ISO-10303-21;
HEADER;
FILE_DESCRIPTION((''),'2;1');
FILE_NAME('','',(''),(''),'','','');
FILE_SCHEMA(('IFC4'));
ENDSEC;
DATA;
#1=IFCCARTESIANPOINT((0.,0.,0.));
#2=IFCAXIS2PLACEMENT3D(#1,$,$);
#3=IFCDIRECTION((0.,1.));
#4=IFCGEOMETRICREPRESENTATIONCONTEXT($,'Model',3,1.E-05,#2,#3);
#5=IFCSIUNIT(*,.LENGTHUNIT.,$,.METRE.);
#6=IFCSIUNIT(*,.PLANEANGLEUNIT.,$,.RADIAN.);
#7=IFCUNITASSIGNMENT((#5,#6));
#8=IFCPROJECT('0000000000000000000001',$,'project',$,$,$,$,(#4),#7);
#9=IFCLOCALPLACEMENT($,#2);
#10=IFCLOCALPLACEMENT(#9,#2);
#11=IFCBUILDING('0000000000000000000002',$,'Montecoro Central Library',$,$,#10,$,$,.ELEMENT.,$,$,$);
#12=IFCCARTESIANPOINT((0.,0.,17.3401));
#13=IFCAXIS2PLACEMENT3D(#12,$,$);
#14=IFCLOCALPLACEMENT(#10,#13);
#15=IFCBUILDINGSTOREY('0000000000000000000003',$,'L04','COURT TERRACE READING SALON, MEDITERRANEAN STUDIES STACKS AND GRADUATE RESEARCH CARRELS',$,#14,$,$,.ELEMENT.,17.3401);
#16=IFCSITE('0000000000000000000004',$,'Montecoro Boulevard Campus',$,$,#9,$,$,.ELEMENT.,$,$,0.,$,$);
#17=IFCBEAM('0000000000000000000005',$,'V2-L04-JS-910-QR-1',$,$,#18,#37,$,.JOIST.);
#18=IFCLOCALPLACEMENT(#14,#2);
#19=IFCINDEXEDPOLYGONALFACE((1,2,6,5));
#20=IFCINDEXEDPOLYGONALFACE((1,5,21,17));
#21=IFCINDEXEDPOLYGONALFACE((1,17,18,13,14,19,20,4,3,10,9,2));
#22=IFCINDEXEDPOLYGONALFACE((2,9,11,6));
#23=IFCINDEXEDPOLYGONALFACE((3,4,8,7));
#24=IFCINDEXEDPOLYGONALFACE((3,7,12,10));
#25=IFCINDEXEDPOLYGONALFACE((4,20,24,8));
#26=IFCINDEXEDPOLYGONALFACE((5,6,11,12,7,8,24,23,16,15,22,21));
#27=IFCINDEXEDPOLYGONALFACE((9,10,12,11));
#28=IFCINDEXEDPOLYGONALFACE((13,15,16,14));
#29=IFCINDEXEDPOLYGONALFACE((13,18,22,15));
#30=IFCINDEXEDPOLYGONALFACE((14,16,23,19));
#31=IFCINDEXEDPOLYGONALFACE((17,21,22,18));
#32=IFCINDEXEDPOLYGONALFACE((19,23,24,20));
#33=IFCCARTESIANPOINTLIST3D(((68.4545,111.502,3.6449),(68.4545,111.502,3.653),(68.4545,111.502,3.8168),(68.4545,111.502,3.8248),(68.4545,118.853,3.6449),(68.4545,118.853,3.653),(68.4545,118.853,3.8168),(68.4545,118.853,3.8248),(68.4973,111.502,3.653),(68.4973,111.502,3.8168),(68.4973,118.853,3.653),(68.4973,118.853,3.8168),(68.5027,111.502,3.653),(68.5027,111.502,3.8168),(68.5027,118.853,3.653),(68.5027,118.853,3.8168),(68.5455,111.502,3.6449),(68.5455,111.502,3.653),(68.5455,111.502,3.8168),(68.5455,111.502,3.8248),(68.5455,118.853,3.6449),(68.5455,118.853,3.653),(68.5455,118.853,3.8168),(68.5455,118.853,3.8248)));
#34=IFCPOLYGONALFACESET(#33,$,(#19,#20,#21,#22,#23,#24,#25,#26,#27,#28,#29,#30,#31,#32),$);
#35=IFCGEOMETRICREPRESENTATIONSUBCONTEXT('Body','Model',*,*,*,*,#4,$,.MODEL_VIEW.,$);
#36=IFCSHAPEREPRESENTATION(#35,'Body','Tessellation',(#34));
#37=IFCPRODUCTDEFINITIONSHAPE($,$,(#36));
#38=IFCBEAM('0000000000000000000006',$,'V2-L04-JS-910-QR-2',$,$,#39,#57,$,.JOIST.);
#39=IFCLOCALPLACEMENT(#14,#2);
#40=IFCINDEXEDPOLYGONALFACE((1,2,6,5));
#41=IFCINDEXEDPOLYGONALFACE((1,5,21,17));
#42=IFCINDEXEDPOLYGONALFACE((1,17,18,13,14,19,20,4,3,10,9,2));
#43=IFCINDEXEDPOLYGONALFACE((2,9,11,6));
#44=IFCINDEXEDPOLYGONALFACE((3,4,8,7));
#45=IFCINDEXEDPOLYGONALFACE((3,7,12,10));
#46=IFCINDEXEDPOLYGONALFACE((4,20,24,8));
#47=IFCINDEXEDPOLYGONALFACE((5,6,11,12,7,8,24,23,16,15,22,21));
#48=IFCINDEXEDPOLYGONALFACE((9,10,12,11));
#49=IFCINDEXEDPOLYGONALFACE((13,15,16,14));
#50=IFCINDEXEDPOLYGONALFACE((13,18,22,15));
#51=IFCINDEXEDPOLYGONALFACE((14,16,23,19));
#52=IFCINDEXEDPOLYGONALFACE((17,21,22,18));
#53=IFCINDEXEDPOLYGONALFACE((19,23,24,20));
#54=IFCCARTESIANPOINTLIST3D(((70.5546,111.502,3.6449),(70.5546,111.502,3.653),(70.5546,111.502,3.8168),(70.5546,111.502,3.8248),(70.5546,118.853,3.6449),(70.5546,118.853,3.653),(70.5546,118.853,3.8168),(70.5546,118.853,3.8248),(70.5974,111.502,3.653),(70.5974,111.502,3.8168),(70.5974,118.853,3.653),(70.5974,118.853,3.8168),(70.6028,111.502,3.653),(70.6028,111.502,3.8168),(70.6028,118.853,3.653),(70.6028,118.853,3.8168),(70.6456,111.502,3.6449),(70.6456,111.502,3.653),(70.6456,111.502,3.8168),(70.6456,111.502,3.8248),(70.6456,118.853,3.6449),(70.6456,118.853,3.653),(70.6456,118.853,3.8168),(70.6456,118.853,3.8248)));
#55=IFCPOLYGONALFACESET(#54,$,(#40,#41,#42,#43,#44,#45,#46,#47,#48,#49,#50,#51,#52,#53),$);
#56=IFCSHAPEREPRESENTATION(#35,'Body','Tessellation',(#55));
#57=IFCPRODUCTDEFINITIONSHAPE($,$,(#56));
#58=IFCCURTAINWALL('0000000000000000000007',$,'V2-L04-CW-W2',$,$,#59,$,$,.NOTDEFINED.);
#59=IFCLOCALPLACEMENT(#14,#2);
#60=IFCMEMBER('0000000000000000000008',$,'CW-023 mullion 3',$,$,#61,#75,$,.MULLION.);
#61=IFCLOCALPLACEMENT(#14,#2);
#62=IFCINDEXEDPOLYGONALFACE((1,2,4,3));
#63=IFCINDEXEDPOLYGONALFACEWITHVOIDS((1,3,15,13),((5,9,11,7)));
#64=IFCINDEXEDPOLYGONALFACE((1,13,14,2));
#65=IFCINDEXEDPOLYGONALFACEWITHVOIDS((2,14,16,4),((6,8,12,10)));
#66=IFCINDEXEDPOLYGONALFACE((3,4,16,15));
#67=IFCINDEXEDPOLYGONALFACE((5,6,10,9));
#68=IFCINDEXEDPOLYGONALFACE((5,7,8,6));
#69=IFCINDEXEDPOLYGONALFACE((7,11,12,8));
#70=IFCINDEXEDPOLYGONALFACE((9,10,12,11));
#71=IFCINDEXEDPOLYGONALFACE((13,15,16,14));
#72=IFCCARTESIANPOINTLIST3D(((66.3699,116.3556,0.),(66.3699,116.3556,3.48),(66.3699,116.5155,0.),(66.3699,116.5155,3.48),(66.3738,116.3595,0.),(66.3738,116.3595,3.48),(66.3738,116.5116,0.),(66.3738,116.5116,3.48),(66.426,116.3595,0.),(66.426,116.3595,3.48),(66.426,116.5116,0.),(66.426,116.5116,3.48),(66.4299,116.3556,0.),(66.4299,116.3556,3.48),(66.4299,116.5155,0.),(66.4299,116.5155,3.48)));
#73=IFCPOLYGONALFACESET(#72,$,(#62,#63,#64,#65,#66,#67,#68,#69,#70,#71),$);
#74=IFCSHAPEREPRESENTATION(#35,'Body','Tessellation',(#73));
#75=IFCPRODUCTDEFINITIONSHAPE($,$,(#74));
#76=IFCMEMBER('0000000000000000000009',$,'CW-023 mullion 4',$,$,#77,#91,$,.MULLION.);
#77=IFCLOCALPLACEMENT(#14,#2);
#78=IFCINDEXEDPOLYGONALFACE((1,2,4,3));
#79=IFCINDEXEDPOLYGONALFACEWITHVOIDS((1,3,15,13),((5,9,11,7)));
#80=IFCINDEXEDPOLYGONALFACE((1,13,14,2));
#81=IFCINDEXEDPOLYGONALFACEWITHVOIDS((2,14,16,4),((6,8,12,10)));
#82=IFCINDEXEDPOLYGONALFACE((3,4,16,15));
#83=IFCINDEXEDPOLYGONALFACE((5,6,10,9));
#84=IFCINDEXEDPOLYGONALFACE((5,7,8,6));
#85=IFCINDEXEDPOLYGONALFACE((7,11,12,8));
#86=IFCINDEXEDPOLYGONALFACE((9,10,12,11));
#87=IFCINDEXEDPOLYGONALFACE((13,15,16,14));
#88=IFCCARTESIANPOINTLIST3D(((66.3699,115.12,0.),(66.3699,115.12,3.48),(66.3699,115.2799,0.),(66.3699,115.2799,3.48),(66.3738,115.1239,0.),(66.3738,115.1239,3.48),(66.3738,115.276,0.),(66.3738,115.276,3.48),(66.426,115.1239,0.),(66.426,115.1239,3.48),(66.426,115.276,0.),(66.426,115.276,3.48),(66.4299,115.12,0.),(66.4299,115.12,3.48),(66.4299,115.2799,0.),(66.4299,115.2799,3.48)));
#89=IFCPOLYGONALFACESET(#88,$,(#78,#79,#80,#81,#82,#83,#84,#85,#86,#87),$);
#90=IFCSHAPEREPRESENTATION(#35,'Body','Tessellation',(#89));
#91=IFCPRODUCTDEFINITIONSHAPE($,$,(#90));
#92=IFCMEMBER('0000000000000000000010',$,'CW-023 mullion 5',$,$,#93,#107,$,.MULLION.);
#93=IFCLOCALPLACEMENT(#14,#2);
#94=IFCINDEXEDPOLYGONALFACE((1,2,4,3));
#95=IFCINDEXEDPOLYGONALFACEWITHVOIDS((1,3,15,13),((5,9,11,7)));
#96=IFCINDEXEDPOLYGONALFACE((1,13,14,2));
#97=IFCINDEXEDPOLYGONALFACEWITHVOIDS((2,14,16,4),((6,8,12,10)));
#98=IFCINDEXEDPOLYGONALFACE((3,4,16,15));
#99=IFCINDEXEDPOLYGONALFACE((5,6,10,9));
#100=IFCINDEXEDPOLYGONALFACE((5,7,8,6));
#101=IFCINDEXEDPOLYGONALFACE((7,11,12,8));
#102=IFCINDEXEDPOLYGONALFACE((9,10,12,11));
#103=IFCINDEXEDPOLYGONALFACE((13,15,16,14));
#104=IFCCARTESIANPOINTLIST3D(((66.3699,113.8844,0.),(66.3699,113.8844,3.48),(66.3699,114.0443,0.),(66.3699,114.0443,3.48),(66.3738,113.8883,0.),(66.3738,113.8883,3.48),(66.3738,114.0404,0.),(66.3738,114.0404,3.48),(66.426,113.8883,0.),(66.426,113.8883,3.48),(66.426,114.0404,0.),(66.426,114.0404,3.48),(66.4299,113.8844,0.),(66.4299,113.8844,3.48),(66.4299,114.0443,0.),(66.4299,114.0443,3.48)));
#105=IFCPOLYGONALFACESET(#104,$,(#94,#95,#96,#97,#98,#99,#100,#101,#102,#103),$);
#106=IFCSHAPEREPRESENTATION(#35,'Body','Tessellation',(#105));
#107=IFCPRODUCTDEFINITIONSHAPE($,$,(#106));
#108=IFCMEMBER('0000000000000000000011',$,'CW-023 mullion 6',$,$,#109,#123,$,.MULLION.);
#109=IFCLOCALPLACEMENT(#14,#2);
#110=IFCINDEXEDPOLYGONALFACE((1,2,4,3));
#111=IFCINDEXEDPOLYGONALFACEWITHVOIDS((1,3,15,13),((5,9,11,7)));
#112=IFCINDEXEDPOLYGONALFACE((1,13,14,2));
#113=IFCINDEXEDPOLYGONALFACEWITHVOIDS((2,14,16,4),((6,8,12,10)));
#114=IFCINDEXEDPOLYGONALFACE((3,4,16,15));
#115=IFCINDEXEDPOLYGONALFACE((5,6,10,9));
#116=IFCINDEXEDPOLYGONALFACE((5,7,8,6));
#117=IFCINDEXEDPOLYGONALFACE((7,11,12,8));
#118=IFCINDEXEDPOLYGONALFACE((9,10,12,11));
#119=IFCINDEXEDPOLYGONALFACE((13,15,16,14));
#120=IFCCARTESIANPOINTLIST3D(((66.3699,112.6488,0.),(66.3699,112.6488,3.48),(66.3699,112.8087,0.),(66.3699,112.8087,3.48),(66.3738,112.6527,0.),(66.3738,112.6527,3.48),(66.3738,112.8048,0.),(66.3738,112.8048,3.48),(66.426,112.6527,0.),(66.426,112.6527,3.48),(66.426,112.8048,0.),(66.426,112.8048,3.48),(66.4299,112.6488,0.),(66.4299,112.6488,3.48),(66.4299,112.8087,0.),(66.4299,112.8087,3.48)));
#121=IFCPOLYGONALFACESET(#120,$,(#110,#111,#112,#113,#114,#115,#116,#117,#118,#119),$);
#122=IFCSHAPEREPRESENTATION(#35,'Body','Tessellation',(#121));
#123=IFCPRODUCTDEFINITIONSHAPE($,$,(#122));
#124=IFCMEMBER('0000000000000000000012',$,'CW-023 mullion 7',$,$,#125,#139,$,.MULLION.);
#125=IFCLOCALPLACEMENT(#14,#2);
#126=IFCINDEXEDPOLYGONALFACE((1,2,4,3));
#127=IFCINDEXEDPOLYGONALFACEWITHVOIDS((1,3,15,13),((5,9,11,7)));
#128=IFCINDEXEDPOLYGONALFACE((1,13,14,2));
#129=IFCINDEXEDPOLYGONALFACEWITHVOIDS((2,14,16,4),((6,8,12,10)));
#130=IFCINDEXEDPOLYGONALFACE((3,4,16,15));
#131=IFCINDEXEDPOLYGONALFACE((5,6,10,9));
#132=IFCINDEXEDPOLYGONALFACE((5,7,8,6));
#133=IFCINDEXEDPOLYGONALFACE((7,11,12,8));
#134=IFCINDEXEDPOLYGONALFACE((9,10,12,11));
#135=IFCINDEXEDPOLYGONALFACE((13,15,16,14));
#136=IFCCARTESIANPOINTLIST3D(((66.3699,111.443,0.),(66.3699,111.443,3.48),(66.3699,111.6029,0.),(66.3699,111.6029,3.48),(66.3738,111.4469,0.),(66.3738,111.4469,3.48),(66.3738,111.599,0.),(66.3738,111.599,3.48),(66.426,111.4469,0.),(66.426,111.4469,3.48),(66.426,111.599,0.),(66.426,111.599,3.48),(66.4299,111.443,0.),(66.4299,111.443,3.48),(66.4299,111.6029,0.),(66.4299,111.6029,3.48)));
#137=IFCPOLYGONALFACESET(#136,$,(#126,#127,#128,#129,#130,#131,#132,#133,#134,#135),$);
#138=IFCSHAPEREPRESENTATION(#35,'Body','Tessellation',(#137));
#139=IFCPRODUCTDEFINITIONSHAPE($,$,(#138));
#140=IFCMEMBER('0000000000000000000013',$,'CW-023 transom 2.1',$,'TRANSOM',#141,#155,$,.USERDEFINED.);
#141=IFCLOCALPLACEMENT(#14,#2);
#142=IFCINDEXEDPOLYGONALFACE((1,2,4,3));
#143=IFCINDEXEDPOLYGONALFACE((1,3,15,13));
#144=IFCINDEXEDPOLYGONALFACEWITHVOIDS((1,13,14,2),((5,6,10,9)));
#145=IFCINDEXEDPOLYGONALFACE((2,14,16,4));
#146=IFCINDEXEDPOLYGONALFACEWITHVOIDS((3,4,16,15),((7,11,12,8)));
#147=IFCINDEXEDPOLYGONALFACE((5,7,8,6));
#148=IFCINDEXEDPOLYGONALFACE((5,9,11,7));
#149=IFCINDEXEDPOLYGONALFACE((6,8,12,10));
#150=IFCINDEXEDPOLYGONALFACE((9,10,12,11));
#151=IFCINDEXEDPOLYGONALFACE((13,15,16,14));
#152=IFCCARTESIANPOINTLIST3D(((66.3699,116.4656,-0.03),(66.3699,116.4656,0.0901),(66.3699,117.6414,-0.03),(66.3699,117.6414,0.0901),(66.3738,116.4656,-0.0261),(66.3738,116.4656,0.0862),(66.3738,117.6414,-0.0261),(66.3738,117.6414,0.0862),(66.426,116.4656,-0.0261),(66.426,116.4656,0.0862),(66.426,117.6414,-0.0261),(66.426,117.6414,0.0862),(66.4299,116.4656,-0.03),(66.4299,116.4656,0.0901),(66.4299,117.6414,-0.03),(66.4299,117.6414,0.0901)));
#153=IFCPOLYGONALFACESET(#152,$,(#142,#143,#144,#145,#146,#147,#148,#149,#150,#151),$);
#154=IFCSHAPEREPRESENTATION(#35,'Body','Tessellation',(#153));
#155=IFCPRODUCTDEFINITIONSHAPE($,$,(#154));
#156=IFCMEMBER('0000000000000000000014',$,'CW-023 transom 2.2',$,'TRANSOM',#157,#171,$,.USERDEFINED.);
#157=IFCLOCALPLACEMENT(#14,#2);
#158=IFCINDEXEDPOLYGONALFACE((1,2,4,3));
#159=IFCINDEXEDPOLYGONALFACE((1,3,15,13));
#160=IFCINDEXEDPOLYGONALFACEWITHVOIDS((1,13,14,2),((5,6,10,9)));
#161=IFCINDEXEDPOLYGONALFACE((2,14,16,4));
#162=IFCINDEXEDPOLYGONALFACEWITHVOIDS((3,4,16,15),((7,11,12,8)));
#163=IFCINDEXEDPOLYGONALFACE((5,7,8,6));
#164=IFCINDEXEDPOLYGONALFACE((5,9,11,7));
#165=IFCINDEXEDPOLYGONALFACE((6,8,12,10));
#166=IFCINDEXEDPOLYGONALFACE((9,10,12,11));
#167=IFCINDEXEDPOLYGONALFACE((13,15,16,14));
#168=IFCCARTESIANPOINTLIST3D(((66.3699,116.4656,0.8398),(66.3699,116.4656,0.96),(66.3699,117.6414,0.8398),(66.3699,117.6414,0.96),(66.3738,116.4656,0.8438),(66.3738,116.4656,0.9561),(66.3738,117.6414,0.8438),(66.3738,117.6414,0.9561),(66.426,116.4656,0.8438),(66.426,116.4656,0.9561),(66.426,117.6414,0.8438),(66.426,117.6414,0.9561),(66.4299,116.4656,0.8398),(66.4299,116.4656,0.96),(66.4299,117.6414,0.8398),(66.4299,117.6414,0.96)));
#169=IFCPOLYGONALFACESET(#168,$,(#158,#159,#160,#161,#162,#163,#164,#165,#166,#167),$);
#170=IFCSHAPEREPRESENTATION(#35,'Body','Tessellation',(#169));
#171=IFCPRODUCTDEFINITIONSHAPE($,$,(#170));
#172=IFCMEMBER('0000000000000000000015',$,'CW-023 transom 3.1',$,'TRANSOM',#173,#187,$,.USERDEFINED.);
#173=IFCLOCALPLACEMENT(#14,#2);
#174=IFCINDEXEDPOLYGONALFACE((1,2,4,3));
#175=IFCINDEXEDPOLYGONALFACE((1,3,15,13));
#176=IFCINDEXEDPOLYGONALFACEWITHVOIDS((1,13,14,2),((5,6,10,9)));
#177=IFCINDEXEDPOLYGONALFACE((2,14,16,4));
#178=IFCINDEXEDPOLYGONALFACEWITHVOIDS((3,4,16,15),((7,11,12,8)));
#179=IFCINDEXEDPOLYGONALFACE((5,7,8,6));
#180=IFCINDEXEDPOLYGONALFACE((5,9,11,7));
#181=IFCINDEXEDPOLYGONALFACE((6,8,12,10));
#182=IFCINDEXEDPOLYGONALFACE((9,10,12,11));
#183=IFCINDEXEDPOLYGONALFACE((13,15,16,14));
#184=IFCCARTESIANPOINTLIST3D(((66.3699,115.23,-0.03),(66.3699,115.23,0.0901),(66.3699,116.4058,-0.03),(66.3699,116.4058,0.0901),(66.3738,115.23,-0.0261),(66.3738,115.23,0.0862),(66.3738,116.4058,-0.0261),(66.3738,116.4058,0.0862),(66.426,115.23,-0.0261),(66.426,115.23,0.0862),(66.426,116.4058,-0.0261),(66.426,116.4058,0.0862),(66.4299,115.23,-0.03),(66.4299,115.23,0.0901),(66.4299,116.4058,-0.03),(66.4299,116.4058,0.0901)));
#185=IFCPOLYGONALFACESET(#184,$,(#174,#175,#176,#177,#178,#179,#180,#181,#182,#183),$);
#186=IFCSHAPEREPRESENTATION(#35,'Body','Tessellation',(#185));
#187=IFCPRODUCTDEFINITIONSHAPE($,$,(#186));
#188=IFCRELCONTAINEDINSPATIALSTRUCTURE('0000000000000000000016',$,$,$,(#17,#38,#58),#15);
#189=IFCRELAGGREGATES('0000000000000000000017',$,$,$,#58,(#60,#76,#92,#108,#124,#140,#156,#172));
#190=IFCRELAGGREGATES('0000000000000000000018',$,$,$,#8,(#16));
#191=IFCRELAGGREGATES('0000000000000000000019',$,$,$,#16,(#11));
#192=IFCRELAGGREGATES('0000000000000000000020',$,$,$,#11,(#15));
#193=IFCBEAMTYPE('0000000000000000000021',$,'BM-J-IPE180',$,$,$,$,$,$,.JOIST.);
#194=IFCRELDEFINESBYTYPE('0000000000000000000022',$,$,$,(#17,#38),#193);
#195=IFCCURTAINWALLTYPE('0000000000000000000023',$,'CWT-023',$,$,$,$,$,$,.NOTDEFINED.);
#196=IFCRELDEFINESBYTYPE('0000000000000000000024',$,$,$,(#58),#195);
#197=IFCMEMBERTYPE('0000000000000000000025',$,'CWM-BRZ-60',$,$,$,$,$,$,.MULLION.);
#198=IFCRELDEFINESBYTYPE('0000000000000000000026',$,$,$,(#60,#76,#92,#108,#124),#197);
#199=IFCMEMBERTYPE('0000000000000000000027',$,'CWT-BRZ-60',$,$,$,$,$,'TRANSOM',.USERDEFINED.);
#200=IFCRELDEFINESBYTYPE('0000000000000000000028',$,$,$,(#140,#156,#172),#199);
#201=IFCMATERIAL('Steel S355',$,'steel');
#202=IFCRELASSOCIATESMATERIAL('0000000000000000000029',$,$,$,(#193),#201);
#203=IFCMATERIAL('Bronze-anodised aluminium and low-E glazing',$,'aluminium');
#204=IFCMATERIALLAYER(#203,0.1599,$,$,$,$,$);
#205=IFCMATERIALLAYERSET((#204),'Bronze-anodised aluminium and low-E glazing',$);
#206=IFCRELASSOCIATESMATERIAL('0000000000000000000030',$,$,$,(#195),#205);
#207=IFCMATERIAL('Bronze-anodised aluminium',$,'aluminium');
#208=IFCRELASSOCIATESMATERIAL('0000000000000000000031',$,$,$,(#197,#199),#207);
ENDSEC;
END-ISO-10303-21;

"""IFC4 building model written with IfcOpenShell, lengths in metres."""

from ifc_helpers import new_model, si_unit, direction, frame, origin, origin_2d, place, context, subcontext, project, spatial, hollow_rectangle, i_section, extrude, material, layer, layer_set, material_profile, profile_set, type_object, element, aggregate, save


model = new_model("IFC4")

# Units and contexts
model_context = context("Model", 3, precision=1e-05, world=origin(), true_north=direction((0.0, 1.0)))
body_context = subcontext(model_context, "Body", "Model", "MODEL_VIEW")
ifc_project = project(units=[si_unit("LENGTHUNIT", "METRE"), si_unit("PLANEANGLEUNIT", "RADIAN")], contexts=[model_context])

# Site, building, storey
site_placement = place(None, origin())
site = spatial("IfcSite", under=ifc_project, at=site_placement, Name="Montecoro Boulevard Campus", CompositionType="ELEMENT", RefElevation=0.0)
building_placement = place(site_placement, origin())
building = spatial("IfcBuilding", under=site, at=building_placement, Name="Montecoro Central Library", CompositionType="ELEMENT")
storey_placement = place(building_placement, frame((0.0, 0.0, 17.3401)))
storey = spatial("IfcBuildingStorey", under=building, at=storey_placement, Name="L04", Description="COURT TERRACE READING SALON, MEDITERRANEAN STUDIES STACKS AND GRADUATE RESEARCH CARRELS", CompositionType="ELEMENT", Elevation=17.3401)

# Beams
ifc_material_1 = material(Name="Steel S355", Category="steel")
ifc_material_profile_1 = material_profile(ifc_material_1, i_section(OverallWidth=0.0911, OverallDepth=0.1799, WebThickness=0.0054, FlangeThickness=0.0081, at=origin_2d()), Name="IPE 180")
ifc_profile_set_1 = profile_set([ifc_material_profile_1], Name="Steel S355")
beam_type = type_object("IfcBeamType", Name="BM-J-IPE180", PredefinedType="JOIST", material=ifc_profile_set_1)
for number, where, z_axis, x_axis, name in (
    (1, (68.5, 111.502, 3.7349), (0.0, 1.0, 0.0), (-1.0, 0.0, 0.0), "V2-L04-JS-910-QR-1"),
    (2, (70.6001, 111.502, 3.7349), (0.0, 1.0, 0.0), (-1.0, 0.0, 0.0), "V2-L04-JS-910-QR-2"),
):
    element("IfcBeam", number, at=place(storey_placement, frame(where, z_axis=z_axis, x_axis=x_axis)), inside=storey, type_object=beam_type, Name=name, PredefinedType="JOIST", context=body_context, shape_type="SweptSolid", body=[
        extrude(i_section(OverallWidth=0.0911, OverallDepth=0.1799, WebThickness=0.0054, FlangeThickness=0.0081, at=origin_2d()), origin(), (0.0, 0.0, 1.0), 7.3511),
    ])

# Curtain wall, members
ifc_material_2 = material(Name="Bronze-anodised aluminium and low-E glazing", Category="aluminium")
ifc_layer_1 = layer(ifc_material_2, 0.1599)
ifc_layer_set_1 = layer_set([ifc_layer_1], Name="Bronze-anodised aluminium and low-E glazing")
curtain_wall_type = type_object("IfcCurtainWallType", Name="CWT-023", PredefinedType="NOTDEFINED", material=ifc_layer_set_1)
curtain_wall_placement = place(storey_placement, origin())
curtain_wall = element("IfcCurtainWall", 3, at=curtain_wall_placement, inside=storey, type_object=curtain_wall_type, Name="V2-L04-CW-W2", PredefinedType="NOTDEFINED")
ifc_material_3 = material(Name="Bronze-anodised aluminium", Category="aluminium")
ifc_material_profile_2 = material_profile(ifc_material_3, hollow_rectangle(XDim=0.0601, YDim=0.1599, WallThickness=0.0039, at=origin_2d()), Name="CWM 160x60x4.0")
ifc_profile_set_2 = profile_set([ifc_material_profile_2], Name="Bronze-anodised aluminium")
member_type_1 = type_object("IfcMemberType", Name="CWM-BRZ-60", PredefinedType="MULLION", material=ifc_profile_set_2)
member_1_placement = place(storey_placement, frame((66.3999, 116.4355, 0.0), z_axis=(0.0, 0.0, 1.0), x_axis=(1.0, 0.0, 0.0)))
member_1 = element("IfcMember", 4, at=member_1_placement, type_object=member_type_1, Name="CW-023 mullion 3", PredefinedType="MULLION", context=body_context, shape_type="SweptSolid", body=[
    extrude(hollow_rectangle(XDim=0.0601, YDim=0.1599, WallThickness=0.0039, at=origin_2d()), origin(), (0.0, 0.0, 1.0), 3.48),
])
member_2_placement = place(storey_placement, frame((66.3999, 115.2, 0.0), z_axis=(0.0, 0.0, 1.0), x_axis=(1.0, 0.0, 0.0)))
member_2 = element("IfcMember", 5, at=member_2_placement, type_object=member_type_1, Name="CW-023 mullion 4", PredefinedType="MULLION", context=body_context, shape_type="SweptSolid", body=[
    extrude(hollow_rectangle(XDim=0.0601, YDim=0.1599, WallThickness=0.0039, at=origin_2d()), origin(), (0.0, 0.0, 1.0), 3.48),
])
member_3_placement = place(storey_placement, frame((66.3999, 113.9644, 0.0), z_axis=(0.0, 0.0, 1.0), x_axis=(1.0, 0.0, 0.0)))
member_3 = element("IfcMember", 6, at=member_3_placement, type_object=member_type_1, Name="CW-023 mullion 5", PredefinedType="MULLION", context=body_context, shape_type="SweptSolid", body=[
    extrude(hollow_rectangle(XDim=0.0601, YDim=0.1599, WallThickness=0.0039, at=origin_2d()), origin(), (0.0, 0.0, 1.0), 3.48),
])
member_4_placement = place(storey_placement, frame((66.3999, 112.7288, 0.0), z_axis=(0.0, 0.0, 1.0), x_axis=(1.0, 0.0, 0.0)))
member_4 = element("IfcMember", 7, at=member_4_placement, type_object=member_type_1, Name="CW-023 mullion 6", PredefinedType="MULLION", context=body_context, shape_type="SweptSolid", body=[
    extrude(hollow_rectangle(XDim=0.0601, YDim=0.1599, WallThickness=0.0039, at=origin_2d()), origin(), (0.0, 0.0, 1.0), 3.48),
])
member_5_placement = place(storey_placement, frame((66.3999, 111.5229, 0.0), z_axis=(0.0, 0.0, 1.0), x_axis=(1.0, 0.0, 0.0)))
member_5 = element("IfcMember", 8, at=member_5_placement, type_object=member_type_1, Name="CW-023 mullion 7", PredefinedType="MULLION", context=body_context, shape_type="SweptSolid", body=[
    extrude(hollow_rectangle(XDim=0.0601, YDim=0.1599, WallThickness=0.0039, at=origin_2d()), origin(), (0.0, 0.0, 1.0), 3.48),
])
ifc_material_profile_3 = material_profile(ifc_material_3, hollow_rectangle(XDim=0.0601, YDim=0.1201, WallThickness=0.0039, at=origin_2d()), Name="CWT 120x60x4.0")
ifc_profile_set_3 = profile_set([ifc_material_profile_3], Name="Bronze-anodised aluminium")
member_type_2 = type_object("IfcMemberType", Name="CWT-BRZ-60", ElementType="TRANSOM", PredefinedType="USERDEFINED", material=ifc_profile_set_3)
member_6_placement = place(storey_placement, frame((66.3999, 117.6414, 0.03), z_axis=(0.0, -1.0, 0.0), x_axis=(1.0, 0.0, 0.0)))
member_6 = element("IfcMember", 9, at=member_6_placement, type_object=member_type_2, Name="CW-023 transom 2.1", ObjectType="TRANSOM", PredefinedType="USERDEFINED", context=body_context, shape_type="SweptSolid", body=[
    extrude(hollow_rectangle(XDim=0.0601, YDim=0.1201, WallThickness=0.0039, at=origin_2d()), origin(), (0.0, 0.0, 1.0), 1.1758),
])
member_7_placement = place(storey_placement, frame((66.3999, 117.6414, 0.8999), z_axis=(0.0, -1.0, 0.0), x_axis=(1.0, 0.0, 0.0)))
member_7 = element("IfcMember", 10, at=member_7_placement, type_object=member_type_2, Name="CW-023 transom 2.2", ObjectType="TRANSOM", PredefinedType="USERDEFINED", context=body_context, shape_type="SweptSolid", body=[
    extrude(hollow_rectangle(XDim=0.0601, YDim=0.1201, WallThickness=0.0039, at=origin_2d()), origin(), (0.0, 0.0, 1.0), 1.1758),
])
member_8_placement = place(storey_placement, frame((66.3999, 116.4058, 0.03), z_axis=(0.0, -1.0, 0.0), x_axis=(1.0, 0.0, 0.0)))
member_8 = element("IfcMember", 11, at=member_8_placement, type_object=member_type_2, Name="CW-023 transom 3.1", ObjectType="TRANSOM", PredefinedType="USERDEFINED", context=body_context, shape_type="SweptSolid", body=[
    extrude(hollow_rectangle(XDim=0.0601, YDim=0.1201, WallThickness=0.0039, at=origin_2d()), origin(), (0.0, 0.0, 1.0), 1.1758),
])
aggregate(curtain_wall, [member_1, member_2, member_3, member_4, member_5, member_6, member_7, member_8])

save(model, "model.ifc")
